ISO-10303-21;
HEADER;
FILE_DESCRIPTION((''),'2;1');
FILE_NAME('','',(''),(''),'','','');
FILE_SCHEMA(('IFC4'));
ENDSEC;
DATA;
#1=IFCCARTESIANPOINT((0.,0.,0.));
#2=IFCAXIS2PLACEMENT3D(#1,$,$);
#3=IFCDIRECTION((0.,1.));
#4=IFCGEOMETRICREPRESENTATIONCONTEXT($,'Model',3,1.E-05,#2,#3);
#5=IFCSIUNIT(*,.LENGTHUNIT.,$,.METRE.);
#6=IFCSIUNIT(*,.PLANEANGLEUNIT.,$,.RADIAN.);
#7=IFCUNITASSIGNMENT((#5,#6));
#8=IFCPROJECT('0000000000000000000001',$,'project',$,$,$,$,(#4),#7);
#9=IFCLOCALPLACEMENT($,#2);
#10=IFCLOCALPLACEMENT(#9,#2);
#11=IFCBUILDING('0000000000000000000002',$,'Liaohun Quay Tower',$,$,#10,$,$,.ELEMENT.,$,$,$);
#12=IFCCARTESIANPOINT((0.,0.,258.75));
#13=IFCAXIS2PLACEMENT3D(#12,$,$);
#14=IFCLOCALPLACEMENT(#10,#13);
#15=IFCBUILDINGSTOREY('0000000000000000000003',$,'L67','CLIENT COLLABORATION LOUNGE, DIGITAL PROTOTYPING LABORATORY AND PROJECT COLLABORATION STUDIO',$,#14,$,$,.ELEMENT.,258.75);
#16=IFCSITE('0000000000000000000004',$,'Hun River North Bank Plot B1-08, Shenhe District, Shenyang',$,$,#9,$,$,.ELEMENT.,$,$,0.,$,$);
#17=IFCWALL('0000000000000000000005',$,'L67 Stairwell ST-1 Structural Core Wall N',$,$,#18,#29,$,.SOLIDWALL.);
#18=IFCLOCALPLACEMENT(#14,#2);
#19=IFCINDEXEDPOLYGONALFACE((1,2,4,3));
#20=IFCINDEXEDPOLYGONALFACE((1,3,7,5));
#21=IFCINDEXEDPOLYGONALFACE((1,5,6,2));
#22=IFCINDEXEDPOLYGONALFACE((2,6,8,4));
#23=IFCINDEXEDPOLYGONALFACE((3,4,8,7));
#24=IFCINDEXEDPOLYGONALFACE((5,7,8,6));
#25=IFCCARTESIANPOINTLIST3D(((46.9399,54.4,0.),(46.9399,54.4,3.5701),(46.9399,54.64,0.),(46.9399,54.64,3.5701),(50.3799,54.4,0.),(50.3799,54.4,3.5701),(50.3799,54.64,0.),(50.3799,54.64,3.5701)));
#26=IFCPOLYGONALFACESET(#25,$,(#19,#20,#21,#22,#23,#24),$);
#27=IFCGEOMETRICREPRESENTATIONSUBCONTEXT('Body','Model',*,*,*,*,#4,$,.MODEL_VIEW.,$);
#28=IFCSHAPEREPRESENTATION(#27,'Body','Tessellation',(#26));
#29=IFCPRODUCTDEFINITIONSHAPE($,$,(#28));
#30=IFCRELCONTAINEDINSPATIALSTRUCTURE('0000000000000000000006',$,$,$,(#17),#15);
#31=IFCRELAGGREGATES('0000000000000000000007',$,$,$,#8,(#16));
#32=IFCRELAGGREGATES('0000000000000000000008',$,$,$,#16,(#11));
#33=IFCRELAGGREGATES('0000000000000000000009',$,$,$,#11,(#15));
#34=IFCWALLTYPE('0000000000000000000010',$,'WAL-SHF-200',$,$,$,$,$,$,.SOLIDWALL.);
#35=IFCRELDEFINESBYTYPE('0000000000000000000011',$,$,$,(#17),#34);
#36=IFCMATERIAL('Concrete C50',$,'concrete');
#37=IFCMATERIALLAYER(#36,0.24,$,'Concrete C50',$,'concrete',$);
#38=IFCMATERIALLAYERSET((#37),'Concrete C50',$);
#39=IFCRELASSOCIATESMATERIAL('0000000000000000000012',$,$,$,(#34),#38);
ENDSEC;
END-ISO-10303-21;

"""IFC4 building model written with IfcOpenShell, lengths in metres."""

from ifc_helpers import new_model, si_unit, direction, frame, frame_2d, origin, place, context, subcontext, project, spatial, rectangle, extrude, material, layer, layer_set, type_object, element, save


model = new_model("IFC4")

# Units and contexts
model_context = context("Model", 3, precision=1e-05, world=origin(), true_north=direction((0.0, 1.0)))
body_context = subcontext(model_context, "Body", "Model", "MODEL_VIEW")
ifc_project = project(units=[si_unit("LENGTHUNIT", "METRE"), si_unit("PLANEANGLEUNIT", "RADIAN")], contexts=[model_context])

# Site, building, storey
site_placement = place(None, origin())
site = spatial("IfcSite", under=ifc_project, at=site_placement, Name="Hun River North Bank Plot B1-08, Shenhe District, Shenyang", CompositionType="ELEMENT", RefElevation=0.0)
building_placement = place(site_placement, origin())
building = spatial("IfcBuilding", under=site, at=building_placement, Name="Liaohun Quay Tower", CompositionType="ELEMENT")
storey_placement = place(building_placement, frame((0.0, 0.0, 258.75)))
storey = spatial("IfcBuildingStorey", under=building, at=storey_placement, Name="L67", Description="CLIENT COLLABORATION LOUNGE, DIGITAL PROTOTYPING LABORATORY AND PROJECT COLLABORATION STUDIO", CompositionType="ELEMENT", Elevation=258.75)

# Wall
ifc_material_1 = material(Name="Concrete C50", Category="concrete")
ifc_layer_1 = layer(ifc_material_1, 0.24, Name="Concrete C50", Category="concrete")
ifc_layer_set_1 = layer_set([ifc_layer_1], Name="Concrete C50")
wall_type_1 = type_object("IfcWallType", Name="WAL-SHF-200", PredefinedType="SOLIDWALL", material=ifc_layer_set_1)
wall_1_placement = place(storey_placement, frame((50.3799, 54.52, 0.0), z_axis=(0.0, 0.0, 1.0), x_axis=(-1.0, 0.0, 0.0)))
element("IfcWall", 1, at=wall_1_placement, inside=storey, type_object=wall_type_1, Name="L67 Stairwell ST-1 Structural Core Wall N", PredefinedType="SOLIDWALL", context=body_context, shape_type="SweptSolid", body=[
    extrude(rectangle(XDim=3.4399, YDim=0.24, at=frame_2d((1.72, 0.0))), origin(), (0.0, 0.0, 1.0), 3.5701),
])

save(model, "model.ifc")
